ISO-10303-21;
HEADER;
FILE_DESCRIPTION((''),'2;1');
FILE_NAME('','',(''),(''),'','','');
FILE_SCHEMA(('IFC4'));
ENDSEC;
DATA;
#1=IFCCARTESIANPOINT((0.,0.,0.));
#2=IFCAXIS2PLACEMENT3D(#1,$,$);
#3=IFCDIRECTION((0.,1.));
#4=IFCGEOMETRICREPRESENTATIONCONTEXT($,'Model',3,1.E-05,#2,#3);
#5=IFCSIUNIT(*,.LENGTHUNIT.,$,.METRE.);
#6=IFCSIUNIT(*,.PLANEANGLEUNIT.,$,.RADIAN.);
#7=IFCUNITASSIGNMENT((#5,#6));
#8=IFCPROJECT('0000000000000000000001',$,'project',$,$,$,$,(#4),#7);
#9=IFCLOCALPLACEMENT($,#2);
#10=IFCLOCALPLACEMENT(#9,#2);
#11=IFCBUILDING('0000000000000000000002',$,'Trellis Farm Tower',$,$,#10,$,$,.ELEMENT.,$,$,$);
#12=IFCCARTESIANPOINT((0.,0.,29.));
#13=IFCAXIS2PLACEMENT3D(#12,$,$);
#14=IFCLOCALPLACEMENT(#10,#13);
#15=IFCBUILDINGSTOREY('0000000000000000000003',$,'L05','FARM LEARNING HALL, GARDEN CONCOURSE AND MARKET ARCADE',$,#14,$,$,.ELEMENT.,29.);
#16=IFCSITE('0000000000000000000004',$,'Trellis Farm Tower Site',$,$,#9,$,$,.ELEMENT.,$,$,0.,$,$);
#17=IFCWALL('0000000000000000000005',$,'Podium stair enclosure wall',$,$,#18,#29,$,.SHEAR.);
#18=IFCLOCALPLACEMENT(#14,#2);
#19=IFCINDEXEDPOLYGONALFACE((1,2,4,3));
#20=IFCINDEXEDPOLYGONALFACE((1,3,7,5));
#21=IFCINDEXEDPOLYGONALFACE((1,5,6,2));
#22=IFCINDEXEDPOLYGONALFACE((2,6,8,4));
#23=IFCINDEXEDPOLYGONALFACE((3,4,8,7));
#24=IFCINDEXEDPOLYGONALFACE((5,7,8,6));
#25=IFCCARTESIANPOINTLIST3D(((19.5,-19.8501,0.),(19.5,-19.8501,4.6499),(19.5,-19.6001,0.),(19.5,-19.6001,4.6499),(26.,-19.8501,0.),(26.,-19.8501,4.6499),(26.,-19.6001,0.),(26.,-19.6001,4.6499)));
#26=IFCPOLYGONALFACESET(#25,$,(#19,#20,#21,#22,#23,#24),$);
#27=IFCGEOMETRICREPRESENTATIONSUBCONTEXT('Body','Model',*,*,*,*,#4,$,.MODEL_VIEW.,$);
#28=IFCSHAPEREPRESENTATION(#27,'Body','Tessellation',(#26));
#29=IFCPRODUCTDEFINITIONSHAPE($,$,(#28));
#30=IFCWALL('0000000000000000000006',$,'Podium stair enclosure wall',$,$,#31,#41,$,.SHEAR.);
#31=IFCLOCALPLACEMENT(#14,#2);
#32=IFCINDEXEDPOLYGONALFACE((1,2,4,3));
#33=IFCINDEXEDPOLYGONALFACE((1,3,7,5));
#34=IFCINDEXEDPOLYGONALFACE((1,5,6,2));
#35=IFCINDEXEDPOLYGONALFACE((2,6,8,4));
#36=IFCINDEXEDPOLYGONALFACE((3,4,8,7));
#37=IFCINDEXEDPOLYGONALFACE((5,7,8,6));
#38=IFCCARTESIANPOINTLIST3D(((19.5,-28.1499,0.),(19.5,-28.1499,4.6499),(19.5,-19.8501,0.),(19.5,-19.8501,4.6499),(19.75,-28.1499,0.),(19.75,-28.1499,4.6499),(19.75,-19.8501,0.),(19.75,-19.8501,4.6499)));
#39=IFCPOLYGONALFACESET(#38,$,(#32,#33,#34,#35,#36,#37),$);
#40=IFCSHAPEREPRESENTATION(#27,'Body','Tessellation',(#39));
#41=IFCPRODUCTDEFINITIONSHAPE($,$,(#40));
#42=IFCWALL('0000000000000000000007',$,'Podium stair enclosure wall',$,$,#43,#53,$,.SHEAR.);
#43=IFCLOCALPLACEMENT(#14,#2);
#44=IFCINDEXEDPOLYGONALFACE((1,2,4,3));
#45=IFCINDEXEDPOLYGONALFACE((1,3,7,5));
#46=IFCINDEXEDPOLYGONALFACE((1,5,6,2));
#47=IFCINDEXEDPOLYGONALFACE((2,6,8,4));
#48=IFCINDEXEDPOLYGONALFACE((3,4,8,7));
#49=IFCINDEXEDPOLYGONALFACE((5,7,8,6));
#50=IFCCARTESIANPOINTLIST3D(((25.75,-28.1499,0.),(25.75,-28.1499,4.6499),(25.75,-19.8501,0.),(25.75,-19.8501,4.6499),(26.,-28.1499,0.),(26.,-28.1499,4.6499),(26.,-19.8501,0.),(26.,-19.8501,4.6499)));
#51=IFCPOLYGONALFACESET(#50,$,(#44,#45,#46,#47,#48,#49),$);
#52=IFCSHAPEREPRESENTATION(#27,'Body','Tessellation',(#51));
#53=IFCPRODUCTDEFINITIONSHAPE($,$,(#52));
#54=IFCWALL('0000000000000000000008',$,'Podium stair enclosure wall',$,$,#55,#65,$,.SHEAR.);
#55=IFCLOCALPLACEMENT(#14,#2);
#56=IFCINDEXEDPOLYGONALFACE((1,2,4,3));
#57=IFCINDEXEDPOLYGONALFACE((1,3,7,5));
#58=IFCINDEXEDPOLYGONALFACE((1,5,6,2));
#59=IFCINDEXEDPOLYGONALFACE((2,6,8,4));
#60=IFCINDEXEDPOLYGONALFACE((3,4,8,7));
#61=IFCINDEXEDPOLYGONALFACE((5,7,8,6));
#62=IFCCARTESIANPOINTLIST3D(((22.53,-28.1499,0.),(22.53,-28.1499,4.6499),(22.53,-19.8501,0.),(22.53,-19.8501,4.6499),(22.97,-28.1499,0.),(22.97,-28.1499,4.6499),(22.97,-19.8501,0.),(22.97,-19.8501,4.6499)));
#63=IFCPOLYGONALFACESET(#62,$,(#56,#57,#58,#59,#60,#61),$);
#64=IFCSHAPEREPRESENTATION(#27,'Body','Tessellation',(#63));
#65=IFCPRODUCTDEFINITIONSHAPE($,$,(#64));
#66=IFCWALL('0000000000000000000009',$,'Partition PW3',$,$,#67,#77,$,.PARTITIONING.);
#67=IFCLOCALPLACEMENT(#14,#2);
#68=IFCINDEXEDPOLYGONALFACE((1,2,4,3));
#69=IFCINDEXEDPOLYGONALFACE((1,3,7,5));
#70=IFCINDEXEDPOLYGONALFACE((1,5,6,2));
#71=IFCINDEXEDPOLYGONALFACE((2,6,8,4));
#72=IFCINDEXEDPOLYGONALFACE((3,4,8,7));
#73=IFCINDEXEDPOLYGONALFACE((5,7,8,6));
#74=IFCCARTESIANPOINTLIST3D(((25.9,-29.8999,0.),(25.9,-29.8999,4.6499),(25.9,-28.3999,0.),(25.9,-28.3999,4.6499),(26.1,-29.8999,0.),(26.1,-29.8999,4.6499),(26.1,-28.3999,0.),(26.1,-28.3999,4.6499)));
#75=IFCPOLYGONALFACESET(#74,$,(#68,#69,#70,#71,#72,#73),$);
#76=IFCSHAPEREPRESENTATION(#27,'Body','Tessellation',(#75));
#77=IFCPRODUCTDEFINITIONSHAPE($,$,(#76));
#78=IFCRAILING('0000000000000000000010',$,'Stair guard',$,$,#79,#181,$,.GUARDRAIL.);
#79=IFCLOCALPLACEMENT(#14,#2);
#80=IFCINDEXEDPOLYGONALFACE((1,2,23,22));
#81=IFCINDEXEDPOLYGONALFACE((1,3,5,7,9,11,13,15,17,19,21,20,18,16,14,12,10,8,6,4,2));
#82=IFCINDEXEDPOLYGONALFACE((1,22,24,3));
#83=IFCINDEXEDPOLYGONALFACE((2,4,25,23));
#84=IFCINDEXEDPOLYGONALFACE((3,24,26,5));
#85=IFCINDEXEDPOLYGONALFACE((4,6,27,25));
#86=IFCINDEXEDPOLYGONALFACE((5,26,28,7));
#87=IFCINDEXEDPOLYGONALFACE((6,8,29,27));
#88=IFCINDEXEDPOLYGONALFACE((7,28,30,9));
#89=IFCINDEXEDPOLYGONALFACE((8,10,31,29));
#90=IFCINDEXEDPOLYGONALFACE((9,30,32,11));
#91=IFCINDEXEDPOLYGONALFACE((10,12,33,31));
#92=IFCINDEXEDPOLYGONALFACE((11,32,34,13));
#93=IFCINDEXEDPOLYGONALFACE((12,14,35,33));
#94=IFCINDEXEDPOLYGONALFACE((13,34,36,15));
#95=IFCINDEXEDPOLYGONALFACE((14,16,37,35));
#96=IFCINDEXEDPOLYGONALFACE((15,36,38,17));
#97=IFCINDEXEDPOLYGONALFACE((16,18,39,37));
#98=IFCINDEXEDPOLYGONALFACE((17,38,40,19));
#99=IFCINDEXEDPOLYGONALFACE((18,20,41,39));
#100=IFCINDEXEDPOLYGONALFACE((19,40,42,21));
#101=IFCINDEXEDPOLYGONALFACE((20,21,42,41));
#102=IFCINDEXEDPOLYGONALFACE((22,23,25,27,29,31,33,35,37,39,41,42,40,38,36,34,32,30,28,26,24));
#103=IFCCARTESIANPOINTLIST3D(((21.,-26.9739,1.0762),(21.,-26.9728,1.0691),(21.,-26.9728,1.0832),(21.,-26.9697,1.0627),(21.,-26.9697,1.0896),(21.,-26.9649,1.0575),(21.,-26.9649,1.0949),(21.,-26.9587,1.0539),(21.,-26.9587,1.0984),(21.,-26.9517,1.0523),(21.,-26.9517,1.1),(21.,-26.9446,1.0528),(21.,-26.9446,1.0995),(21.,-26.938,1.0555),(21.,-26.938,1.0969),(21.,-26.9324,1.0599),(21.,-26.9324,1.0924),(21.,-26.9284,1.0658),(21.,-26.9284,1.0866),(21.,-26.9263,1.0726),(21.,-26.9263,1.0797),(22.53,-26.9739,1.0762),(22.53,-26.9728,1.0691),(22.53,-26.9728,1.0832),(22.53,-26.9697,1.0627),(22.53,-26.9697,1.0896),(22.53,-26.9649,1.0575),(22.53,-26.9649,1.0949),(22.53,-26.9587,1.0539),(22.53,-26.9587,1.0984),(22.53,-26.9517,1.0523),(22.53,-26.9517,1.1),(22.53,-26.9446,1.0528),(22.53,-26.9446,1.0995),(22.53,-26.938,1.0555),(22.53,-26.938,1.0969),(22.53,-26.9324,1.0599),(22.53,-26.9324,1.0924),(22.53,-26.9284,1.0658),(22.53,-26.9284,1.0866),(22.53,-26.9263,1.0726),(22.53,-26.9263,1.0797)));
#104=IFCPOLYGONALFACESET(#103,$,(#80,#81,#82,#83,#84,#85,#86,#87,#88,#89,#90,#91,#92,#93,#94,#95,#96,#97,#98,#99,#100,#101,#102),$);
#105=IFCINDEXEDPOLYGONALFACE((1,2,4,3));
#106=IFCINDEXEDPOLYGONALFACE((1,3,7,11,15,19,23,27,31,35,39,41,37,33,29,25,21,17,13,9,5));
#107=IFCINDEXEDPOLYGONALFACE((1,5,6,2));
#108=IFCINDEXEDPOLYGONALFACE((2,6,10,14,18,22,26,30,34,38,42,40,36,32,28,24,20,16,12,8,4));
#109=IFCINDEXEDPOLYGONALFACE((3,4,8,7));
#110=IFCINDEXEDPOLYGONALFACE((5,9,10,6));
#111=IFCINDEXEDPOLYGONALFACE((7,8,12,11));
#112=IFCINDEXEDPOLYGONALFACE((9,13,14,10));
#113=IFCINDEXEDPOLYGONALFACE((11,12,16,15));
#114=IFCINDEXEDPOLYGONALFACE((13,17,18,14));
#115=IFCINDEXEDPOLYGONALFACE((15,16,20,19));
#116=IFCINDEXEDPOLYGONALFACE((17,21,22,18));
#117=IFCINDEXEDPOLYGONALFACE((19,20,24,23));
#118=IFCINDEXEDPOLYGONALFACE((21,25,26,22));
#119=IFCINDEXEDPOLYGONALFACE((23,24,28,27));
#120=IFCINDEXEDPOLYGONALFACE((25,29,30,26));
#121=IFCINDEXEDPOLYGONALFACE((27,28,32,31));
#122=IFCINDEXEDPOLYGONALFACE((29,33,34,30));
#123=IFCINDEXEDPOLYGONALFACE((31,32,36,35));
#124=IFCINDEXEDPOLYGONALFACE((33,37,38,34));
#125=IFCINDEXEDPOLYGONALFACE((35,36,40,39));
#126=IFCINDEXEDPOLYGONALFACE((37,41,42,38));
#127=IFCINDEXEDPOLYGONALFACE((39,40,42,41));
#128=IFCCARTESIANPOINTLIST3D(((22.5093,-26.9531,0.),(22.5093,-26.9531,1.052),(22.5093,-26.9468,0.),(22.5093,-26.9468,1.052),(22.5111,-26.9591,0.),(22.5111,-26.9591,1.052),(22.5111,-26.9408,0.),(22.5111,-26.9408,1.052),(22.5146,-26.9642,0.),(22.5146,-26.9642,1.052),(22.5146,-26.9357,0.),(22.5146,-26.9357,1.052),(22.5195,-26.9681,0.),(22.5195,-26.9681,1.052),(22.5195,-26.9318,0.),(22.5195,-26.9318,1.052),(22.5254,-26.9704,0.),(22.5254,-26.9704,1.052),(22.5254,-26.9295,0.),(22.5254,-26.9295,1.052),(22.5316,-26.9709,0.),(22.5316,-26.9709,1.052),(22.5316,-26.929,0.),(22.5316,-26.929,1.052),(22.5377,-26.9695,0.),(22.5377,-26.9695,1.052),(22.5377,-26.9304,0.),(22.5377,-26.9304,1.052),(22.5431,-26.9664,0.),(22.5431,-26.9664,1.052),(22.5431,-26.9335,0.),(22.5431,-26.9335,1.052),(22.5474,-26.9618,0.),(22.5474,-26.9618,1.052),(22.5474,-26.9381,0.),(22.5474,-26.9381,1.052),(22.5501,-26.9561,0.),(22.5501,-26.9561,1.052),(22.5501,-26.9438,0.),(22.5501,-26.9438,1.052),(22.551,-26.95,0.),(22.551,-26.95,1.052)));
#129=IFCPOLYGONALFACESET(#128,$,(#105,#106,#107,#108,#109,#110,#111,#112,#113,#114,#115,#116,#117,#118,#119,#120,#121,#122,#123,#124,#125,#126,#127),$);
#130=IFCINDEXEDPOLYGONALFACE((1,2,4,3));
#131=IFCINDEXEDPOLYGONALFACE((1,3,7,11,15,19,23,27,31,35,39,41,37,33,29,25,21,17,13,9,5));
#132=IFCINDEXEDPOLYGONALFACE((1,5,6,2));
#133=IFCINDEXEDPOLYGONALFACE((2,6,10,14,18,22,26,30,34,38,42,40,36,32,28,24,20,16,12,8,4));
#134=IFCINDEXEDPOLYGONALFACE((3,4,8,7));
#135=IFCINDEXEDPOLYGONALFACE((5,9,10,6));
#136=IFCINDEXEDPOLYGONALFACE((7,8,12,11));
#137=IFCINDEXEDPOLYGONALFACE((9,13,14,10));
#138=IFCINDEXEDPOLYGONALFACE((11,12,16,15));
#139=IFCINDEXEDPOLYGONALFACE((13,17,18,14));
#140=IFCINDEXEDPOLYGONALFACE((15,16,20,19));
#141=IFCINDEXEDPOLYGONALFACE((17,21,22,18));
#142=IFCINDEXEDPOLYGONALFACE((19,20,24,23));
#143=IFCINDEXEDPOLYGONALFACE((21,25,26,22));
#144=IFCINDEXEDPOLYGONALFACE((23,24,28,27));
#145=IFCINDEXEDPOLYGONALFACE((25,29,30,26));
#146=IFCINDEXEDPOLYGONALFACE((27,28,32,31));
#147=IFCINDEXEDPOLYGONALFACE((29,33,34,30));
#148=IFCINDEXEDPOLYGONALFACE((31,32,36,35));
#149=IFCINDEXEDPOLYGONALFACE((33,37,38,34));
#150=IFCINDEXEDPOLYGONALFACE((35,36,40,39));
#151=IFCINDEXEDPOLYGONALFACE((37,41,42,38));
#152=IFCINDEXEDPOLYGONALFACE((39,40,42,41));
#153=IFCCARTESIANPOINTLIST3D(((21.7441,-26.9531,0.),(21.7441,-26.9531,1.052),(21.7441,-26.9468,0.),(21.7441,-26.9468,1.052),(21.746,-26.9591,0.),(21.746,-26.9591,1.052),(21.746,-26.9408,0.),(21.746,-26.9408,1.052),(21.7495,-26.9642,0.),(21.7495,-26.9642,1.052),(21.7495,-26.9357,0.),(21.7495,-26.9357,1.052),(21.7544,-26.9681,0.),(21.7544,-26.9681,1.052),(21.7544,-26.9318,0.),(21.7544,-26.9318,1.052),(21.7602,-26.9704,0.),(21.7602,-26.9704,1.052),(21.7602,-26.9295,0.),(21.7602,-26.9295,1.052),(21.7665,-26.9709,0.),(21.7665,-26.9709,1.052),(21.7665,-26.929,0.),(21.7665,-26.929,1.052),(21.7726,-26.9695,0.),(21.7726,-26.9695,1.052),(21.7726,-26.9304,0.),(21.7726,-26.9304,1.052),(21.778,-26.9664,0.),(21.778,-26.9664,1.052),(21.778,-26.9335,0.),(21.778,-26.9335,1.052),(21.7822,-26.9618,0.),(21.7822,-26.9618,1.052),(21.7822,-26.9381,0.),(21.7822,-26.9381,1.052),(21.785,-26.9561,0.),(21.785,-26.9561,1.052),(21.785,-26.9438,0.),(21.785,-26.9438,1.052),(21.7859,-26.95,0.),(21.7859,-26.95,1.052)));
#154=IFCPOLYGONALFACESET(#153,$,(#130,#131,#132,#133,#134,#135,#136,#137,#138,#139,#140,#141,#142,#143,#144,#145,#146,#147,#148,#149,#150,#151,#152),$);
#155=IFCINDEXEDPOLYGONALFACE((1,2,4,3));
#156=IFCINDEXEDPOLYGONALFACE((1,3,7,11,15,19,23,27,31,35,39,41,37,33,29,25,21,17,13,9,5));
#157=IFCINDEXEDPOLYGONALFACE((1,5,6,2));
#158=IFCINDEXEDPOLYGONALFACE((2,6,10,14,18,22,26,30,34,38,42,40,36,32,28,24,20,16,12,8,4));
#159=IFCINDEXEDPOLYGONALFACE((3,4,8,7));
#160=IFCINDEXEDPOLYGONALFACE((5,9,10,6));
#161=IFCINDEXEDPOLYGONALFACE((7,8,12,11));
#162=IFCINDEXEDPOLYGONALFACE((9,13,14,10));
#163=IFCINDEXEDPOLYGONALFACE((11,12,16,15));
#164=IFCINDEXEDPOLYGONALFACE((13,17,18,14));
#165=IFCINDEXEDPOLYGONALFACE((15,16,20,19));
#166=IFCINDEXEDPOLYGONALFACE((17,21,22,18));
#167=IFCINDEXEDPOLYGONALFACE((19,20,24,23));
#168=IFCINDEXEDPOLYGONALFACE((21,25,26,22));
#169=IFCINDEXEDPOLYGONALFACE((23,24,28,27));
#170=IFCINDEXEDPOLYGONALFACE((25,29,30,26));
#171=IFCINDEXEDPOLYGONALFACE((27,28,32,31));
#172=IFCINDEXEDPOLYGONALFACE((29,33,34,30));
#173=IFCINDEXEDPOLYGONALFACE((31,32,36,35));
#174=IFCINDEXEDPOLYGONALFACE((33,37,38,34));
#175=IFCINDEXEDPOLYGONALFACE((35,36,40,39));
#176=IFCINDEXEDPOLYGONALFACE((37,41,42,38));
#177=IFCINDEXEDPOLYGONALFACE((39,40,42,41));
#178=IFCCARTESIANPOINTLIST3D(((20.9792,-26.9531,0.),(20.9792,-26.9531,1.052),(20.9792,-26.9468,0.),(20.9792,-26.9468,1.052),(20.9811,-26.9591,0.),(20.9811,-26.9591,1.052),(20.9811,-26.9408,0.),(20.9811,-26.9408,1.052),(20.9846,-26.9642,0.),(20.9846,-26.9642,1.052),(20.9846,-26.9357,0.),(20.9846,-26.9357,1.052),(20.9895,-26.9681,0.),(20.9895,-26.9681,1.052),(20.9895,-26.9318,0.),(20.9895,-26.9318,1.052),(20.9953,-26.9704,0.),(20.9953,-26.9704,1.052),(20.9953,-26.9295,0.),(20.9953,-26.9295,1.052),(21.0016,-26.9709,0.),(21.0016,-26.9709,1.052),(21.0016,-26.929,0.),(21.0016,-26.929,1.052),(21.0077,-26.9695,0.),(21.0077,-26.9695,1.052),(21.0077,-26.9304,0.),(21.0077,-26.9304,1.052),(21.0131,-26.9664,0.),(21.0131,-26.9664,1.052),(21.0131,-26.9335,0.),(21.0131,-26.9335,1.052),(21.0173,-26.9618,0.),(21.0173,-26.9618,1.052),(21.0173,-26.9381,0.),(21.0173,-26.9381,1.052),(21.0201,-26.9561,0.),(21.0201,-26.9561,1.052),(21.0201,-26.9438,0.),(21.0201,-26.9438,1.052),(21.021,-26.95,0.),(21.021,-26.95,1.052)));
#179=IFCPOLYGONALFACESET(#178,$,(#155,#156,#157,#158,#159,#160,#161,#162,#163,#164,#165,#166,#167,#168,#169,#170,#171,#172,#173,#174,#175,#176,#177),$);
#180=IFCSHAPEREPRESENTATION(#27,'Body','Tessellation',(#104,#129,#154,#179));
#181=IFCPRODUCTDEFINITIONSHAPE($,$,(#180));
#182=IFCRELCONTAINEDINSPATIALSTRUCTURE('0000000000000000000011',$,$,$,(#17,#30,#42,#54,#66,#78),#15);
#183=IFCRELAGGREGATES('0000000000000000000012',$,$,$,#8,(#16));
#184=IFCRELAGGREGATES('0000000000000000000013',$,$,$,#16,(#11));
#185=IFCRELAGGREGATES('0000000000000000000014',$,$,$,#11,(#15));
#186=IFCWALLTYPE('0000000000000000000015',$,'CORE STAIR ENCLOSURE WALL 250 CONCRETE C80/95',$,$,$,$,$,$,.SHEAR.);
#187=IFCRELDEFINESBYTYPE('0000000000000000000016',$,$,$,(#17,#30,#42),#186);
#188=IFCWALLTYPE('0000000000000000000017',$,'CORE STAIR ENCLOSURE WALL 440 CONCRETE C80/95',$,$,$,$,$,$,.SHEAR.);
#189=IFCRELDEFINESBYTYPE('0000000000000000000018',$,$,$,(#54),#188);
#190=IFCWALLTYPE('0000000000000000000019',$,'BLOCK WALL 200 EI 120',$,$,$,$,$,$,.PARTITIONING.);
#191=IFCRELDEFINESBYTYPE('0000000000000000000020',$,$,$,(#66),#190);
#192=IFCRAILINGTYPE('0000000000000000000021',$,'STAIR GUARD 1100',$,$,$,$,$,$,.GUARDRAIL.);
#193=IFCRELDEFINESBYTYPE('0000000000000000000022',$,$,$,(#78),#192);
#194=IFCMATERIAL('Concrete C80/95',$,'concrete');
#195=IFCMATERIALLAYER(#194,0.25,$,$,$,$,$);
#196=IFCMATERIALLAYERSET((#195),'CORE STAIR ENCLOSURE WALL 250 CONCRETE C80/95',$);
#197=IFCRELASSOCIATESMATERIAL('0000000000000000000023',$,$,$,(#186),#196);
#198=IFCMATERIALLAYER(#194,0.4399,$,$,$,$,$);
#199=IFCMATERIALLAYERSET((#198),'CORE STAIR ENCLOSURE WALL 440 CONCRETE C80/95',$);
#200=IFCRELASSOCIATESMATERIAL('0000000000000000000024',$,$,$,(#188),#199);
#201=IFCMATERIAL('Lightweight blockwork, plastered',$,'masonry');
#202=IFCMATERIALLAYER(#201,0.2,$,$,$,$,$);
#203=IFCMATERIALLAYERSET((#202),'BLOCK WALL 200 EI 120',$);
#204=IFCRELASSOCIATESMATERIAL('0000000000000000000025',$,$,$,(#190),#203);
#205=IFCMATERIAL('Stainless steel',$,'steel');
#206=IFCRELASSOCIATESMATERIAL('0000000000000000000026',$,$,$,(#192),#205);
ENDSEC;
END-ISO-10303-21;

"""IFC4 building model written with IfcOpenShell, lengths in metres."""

from ifc_helpers import new_model, si_unit, direction, frame, frame_2d, origin, origin_2d, place, context, subcontext, project, spatial, rectangle, circle, extrude, source, transform, mapped, material, layer, layer_set, type_object, element, save


model = new_model("IFC4")

# Units and contexts
model_context = context("Model", 3, precision=1e-05, world=origin(), true_north=direction((0.0, 1.0)))
body_context = subcontext(model_context, "Body", "Model", "MODEL_VIEW")
ifc_project = project(units=[si_unit("LENGTHUNIT", "METRE"), si_unit("PLANEANGLEUNIT", "RADIAN")], contexts=[model_context])

# Site, building, storey
site_placement = place(None, origin())
site = spatial("IfcSite", under=ifc_project, at=site_placement, Name="Trellis Farm Tower Site", CompositionType="ELEMENT", RefElevation=0.0)
building_placement = place(site_placement, origin())
building = spatial("IfcBuilding", under=site, at=building_placement, Name="Trellis Farm Tower", CompositionType="ELEMENT")
storey_placement = place(building_placement, frame((0.0, 0.0, 29.0)))
storey = spatial("IfcBuildingStorey", under=building, at=storey_placement, Name="L05", Description="FARM LEARNING HALL, GARDEN CONCOURSE AND MARKET ARCADE", CompositionType="ELEMENT", Elevation=29.0)

# Walls
ifc_material_1 = material(Name="Concrete C80/95", Category="concrete")
ifc_layer_1 = layer(ifc_material_1, 0.25)
ifc_layer_set_1 = layer_set([ifc_layer_1], Name="CORE STAIR ENCLOSURE WALL 250 CONCRETE C80/95")
wall_type_1 = type_object("IfcWallType", Name="CORE STAIR ENCLOSURE WALL 250 CONCRETE C80/95", PredefinedType="SHEAR", material=ifc_layer_set_1)
shared_shape_1 = source(origin(), body_context, "Body", "SweptSolid", [
    extrude(rectangle(XDim=6.5, YDim=0.25, at=frame_2d((3.25, 0.0))), origin(), (0.0, 0.0, 1.0), 4.6499),
])
wall_1_placement = place(storey_placement, frame((19.5, -19.7251, 0.0), z_axis=(0.0, 0.0, 1.0), x_axis=(1.0, 0.0, 0.0)))
element("IfcWall", 1, at=wall_1_placement, inside=storey, type_object=wall_type_1, Name="Podium stair enclosure wall", PredefinedType="SHEAR", context=body_context, shape_type="MappedRepresentation", body=[
    mapped(shared_shape_1, transform((0.0, 0.0, 0.0))),
])
shared_shape_2 = source(origin(), body_context, "Body", "SweptSolid", [
    extrude(rectangle(XDim=8.2998, YDim=0.25, at=frame_2d((4.1499, 0.0))), origin(), (0.0, 0.0, 1.0), 4.6499),
])
for number, where, z_axis, x_axis, name in (
    (2, (19.625, -28.1499, 0.0), (0.0, 0.0, 1.0), (0.0, 1.0, 0.0), "Podium stair enclosure wall"),
    (3, (25.875, -28.1499, 0.0), (0.0, 0.0, 1.0), (0.0, 1.0, 0.0), "Podium stair enclosure wall"),
):
    element("IfcWall", number, at=place(storey_placement, frame(where, z_axis=z_axis, x_axis=x_axis)), inside=storey, type_object=wall_type_1, Name=name, PredefinedType="SHEAR", context=body_context, shape_type="MappedRepresentation", body=[
        mapped(shared_shape_2, transform((0.0, 0.0, 0.0))),
    ])
ifc_layer_2 = layer(ifc_material_1, 0.4399)
ifc_layer_set_2 = layer_set([ifc_layer_2], Name="CORE STAIR ENCLOSURE WALL 440 CONCRETE C80/95")
wall_type_2 = type_object("IfcWallType", Name="CORE STAIR ENCLOSURE WALL 440 CONCRETE C80/95", PredefinedType="SHEAR", material=ifc_layer_set_2)
shared_shape_3 = source(origin(), body_context, "Body", "SweptSolid", [
    extrude(rectangle(XDim=8.2998, YDim=0.4399, at=frame_2d((4.1499, 0.0))), origin(), (0.0, 0.0, 1.0), 4.6499),
])
wall_2_placement = place(storey_placement, frame((22.75, -28.1499, 0.0), z_axis=(0.0, 0.0, 1.0), x_axis=(0.0, 1.0, 0.0)))
element("IfcWall", 4, at=wall_2_placement, inside=storey, type_object=wall_type_2, Name="Podium stair enclosure wall", PredefinedType="SHEAR", context=body_context, shape_type="MappedRepresentation", body=[
    mapped(shared_shape_3, transform((0.0, 0.0, 0.0))),
])
ifc_material_2 = material(Name="Lightweight blockwork, plastered", Category="masonry")
ifc_layer_3 = layer(ifc_material_2, 0.2)
ifc_layer_set_3 = layer_set([ifc_layer_3], Name="BLOCK WALL 200 EI 120")
wall_type_3 = type_object("IfcWallType", Name="BLOCK WALL 200 EI 120", PredefinedType="PARTITIONING", material=ifc_layer_set_3)
shared_shape_4 = source(origin(), body_context, "Body", "SweptSolid", [
    extrude(rectangle(XDim=1.5, YDim=0.2, at=frame_2d((0.75, 0.0))), origin(), (0.0, 0.0, 1.0), 4.6499),
])
wall_3_placement = place(storey_placement, frame((26.0, -28.3999, 0.0), z_axis=(0.0, 0.0, 1.0), x_axis=(0.0, -1.0, 0.0)))
element("IfcWall", 5, at=wall_3_placement, inside=storey, type_object=wall_type_3, Name="Partition PW3", PredefinedType="PARTITIONING", context=body_context, shape_type="MappedRepresentation", body=[
    mapped(shared_shape_4, transform((0.0, 0.0, 0.0))),
])

# Railing
ifc_material_3 = material(Name="Stainless steel", Category="steel")
railing_type = type_object("IfcRailingType", Name="STAIR GUARD 1100", PredefinedType="GUARDRAIL", material=ifc_material_3)
shared_shape_5 = source(origin(), body_context, "Body", "SweptSolid", [
    extrude(circle(Radius=0.0239, at=origin_2d()), frame((0.0, 0.0, 1.0762), z_axis=(-1.0, 0.0, 0.0), x_axis=(0.0, -1.0, 0.0)), (0.0, 0.0, 1.0), 1.53),
    extrude(circle(Radius=0.021, at=origin_2d()), origin(), (0.0, 0.0, 1.0), 1.052),
    extrude(circle(Radius=0.021, at=origin_2d()), frame((-0.7651, 0.0, 0.0)), (0.0, 0.0, 1.0), 1.052),
    extrude(circle(Radius=0.021, at=origin_2d()), frame((-1.53, 0.0, 0.0)), (0.0, 0.0, 1.0), 1.052),
])
for number, where, name in (
    (6, (22.53, -26.95, 0.0), "Stair guard"),
):
    element("IfcRailing", number, at=place(storey_placement, frame(where)), inside=storey, type_object=railing_type, Name=name, PredefinedType="GUARDRAIL", context=body_context, shape_type="MappedRepresentation", body=[
        mapped(shared_shape_5, transform((0.0, 0.0, 0.0))),
    ])

save(model, "model.ifc")
